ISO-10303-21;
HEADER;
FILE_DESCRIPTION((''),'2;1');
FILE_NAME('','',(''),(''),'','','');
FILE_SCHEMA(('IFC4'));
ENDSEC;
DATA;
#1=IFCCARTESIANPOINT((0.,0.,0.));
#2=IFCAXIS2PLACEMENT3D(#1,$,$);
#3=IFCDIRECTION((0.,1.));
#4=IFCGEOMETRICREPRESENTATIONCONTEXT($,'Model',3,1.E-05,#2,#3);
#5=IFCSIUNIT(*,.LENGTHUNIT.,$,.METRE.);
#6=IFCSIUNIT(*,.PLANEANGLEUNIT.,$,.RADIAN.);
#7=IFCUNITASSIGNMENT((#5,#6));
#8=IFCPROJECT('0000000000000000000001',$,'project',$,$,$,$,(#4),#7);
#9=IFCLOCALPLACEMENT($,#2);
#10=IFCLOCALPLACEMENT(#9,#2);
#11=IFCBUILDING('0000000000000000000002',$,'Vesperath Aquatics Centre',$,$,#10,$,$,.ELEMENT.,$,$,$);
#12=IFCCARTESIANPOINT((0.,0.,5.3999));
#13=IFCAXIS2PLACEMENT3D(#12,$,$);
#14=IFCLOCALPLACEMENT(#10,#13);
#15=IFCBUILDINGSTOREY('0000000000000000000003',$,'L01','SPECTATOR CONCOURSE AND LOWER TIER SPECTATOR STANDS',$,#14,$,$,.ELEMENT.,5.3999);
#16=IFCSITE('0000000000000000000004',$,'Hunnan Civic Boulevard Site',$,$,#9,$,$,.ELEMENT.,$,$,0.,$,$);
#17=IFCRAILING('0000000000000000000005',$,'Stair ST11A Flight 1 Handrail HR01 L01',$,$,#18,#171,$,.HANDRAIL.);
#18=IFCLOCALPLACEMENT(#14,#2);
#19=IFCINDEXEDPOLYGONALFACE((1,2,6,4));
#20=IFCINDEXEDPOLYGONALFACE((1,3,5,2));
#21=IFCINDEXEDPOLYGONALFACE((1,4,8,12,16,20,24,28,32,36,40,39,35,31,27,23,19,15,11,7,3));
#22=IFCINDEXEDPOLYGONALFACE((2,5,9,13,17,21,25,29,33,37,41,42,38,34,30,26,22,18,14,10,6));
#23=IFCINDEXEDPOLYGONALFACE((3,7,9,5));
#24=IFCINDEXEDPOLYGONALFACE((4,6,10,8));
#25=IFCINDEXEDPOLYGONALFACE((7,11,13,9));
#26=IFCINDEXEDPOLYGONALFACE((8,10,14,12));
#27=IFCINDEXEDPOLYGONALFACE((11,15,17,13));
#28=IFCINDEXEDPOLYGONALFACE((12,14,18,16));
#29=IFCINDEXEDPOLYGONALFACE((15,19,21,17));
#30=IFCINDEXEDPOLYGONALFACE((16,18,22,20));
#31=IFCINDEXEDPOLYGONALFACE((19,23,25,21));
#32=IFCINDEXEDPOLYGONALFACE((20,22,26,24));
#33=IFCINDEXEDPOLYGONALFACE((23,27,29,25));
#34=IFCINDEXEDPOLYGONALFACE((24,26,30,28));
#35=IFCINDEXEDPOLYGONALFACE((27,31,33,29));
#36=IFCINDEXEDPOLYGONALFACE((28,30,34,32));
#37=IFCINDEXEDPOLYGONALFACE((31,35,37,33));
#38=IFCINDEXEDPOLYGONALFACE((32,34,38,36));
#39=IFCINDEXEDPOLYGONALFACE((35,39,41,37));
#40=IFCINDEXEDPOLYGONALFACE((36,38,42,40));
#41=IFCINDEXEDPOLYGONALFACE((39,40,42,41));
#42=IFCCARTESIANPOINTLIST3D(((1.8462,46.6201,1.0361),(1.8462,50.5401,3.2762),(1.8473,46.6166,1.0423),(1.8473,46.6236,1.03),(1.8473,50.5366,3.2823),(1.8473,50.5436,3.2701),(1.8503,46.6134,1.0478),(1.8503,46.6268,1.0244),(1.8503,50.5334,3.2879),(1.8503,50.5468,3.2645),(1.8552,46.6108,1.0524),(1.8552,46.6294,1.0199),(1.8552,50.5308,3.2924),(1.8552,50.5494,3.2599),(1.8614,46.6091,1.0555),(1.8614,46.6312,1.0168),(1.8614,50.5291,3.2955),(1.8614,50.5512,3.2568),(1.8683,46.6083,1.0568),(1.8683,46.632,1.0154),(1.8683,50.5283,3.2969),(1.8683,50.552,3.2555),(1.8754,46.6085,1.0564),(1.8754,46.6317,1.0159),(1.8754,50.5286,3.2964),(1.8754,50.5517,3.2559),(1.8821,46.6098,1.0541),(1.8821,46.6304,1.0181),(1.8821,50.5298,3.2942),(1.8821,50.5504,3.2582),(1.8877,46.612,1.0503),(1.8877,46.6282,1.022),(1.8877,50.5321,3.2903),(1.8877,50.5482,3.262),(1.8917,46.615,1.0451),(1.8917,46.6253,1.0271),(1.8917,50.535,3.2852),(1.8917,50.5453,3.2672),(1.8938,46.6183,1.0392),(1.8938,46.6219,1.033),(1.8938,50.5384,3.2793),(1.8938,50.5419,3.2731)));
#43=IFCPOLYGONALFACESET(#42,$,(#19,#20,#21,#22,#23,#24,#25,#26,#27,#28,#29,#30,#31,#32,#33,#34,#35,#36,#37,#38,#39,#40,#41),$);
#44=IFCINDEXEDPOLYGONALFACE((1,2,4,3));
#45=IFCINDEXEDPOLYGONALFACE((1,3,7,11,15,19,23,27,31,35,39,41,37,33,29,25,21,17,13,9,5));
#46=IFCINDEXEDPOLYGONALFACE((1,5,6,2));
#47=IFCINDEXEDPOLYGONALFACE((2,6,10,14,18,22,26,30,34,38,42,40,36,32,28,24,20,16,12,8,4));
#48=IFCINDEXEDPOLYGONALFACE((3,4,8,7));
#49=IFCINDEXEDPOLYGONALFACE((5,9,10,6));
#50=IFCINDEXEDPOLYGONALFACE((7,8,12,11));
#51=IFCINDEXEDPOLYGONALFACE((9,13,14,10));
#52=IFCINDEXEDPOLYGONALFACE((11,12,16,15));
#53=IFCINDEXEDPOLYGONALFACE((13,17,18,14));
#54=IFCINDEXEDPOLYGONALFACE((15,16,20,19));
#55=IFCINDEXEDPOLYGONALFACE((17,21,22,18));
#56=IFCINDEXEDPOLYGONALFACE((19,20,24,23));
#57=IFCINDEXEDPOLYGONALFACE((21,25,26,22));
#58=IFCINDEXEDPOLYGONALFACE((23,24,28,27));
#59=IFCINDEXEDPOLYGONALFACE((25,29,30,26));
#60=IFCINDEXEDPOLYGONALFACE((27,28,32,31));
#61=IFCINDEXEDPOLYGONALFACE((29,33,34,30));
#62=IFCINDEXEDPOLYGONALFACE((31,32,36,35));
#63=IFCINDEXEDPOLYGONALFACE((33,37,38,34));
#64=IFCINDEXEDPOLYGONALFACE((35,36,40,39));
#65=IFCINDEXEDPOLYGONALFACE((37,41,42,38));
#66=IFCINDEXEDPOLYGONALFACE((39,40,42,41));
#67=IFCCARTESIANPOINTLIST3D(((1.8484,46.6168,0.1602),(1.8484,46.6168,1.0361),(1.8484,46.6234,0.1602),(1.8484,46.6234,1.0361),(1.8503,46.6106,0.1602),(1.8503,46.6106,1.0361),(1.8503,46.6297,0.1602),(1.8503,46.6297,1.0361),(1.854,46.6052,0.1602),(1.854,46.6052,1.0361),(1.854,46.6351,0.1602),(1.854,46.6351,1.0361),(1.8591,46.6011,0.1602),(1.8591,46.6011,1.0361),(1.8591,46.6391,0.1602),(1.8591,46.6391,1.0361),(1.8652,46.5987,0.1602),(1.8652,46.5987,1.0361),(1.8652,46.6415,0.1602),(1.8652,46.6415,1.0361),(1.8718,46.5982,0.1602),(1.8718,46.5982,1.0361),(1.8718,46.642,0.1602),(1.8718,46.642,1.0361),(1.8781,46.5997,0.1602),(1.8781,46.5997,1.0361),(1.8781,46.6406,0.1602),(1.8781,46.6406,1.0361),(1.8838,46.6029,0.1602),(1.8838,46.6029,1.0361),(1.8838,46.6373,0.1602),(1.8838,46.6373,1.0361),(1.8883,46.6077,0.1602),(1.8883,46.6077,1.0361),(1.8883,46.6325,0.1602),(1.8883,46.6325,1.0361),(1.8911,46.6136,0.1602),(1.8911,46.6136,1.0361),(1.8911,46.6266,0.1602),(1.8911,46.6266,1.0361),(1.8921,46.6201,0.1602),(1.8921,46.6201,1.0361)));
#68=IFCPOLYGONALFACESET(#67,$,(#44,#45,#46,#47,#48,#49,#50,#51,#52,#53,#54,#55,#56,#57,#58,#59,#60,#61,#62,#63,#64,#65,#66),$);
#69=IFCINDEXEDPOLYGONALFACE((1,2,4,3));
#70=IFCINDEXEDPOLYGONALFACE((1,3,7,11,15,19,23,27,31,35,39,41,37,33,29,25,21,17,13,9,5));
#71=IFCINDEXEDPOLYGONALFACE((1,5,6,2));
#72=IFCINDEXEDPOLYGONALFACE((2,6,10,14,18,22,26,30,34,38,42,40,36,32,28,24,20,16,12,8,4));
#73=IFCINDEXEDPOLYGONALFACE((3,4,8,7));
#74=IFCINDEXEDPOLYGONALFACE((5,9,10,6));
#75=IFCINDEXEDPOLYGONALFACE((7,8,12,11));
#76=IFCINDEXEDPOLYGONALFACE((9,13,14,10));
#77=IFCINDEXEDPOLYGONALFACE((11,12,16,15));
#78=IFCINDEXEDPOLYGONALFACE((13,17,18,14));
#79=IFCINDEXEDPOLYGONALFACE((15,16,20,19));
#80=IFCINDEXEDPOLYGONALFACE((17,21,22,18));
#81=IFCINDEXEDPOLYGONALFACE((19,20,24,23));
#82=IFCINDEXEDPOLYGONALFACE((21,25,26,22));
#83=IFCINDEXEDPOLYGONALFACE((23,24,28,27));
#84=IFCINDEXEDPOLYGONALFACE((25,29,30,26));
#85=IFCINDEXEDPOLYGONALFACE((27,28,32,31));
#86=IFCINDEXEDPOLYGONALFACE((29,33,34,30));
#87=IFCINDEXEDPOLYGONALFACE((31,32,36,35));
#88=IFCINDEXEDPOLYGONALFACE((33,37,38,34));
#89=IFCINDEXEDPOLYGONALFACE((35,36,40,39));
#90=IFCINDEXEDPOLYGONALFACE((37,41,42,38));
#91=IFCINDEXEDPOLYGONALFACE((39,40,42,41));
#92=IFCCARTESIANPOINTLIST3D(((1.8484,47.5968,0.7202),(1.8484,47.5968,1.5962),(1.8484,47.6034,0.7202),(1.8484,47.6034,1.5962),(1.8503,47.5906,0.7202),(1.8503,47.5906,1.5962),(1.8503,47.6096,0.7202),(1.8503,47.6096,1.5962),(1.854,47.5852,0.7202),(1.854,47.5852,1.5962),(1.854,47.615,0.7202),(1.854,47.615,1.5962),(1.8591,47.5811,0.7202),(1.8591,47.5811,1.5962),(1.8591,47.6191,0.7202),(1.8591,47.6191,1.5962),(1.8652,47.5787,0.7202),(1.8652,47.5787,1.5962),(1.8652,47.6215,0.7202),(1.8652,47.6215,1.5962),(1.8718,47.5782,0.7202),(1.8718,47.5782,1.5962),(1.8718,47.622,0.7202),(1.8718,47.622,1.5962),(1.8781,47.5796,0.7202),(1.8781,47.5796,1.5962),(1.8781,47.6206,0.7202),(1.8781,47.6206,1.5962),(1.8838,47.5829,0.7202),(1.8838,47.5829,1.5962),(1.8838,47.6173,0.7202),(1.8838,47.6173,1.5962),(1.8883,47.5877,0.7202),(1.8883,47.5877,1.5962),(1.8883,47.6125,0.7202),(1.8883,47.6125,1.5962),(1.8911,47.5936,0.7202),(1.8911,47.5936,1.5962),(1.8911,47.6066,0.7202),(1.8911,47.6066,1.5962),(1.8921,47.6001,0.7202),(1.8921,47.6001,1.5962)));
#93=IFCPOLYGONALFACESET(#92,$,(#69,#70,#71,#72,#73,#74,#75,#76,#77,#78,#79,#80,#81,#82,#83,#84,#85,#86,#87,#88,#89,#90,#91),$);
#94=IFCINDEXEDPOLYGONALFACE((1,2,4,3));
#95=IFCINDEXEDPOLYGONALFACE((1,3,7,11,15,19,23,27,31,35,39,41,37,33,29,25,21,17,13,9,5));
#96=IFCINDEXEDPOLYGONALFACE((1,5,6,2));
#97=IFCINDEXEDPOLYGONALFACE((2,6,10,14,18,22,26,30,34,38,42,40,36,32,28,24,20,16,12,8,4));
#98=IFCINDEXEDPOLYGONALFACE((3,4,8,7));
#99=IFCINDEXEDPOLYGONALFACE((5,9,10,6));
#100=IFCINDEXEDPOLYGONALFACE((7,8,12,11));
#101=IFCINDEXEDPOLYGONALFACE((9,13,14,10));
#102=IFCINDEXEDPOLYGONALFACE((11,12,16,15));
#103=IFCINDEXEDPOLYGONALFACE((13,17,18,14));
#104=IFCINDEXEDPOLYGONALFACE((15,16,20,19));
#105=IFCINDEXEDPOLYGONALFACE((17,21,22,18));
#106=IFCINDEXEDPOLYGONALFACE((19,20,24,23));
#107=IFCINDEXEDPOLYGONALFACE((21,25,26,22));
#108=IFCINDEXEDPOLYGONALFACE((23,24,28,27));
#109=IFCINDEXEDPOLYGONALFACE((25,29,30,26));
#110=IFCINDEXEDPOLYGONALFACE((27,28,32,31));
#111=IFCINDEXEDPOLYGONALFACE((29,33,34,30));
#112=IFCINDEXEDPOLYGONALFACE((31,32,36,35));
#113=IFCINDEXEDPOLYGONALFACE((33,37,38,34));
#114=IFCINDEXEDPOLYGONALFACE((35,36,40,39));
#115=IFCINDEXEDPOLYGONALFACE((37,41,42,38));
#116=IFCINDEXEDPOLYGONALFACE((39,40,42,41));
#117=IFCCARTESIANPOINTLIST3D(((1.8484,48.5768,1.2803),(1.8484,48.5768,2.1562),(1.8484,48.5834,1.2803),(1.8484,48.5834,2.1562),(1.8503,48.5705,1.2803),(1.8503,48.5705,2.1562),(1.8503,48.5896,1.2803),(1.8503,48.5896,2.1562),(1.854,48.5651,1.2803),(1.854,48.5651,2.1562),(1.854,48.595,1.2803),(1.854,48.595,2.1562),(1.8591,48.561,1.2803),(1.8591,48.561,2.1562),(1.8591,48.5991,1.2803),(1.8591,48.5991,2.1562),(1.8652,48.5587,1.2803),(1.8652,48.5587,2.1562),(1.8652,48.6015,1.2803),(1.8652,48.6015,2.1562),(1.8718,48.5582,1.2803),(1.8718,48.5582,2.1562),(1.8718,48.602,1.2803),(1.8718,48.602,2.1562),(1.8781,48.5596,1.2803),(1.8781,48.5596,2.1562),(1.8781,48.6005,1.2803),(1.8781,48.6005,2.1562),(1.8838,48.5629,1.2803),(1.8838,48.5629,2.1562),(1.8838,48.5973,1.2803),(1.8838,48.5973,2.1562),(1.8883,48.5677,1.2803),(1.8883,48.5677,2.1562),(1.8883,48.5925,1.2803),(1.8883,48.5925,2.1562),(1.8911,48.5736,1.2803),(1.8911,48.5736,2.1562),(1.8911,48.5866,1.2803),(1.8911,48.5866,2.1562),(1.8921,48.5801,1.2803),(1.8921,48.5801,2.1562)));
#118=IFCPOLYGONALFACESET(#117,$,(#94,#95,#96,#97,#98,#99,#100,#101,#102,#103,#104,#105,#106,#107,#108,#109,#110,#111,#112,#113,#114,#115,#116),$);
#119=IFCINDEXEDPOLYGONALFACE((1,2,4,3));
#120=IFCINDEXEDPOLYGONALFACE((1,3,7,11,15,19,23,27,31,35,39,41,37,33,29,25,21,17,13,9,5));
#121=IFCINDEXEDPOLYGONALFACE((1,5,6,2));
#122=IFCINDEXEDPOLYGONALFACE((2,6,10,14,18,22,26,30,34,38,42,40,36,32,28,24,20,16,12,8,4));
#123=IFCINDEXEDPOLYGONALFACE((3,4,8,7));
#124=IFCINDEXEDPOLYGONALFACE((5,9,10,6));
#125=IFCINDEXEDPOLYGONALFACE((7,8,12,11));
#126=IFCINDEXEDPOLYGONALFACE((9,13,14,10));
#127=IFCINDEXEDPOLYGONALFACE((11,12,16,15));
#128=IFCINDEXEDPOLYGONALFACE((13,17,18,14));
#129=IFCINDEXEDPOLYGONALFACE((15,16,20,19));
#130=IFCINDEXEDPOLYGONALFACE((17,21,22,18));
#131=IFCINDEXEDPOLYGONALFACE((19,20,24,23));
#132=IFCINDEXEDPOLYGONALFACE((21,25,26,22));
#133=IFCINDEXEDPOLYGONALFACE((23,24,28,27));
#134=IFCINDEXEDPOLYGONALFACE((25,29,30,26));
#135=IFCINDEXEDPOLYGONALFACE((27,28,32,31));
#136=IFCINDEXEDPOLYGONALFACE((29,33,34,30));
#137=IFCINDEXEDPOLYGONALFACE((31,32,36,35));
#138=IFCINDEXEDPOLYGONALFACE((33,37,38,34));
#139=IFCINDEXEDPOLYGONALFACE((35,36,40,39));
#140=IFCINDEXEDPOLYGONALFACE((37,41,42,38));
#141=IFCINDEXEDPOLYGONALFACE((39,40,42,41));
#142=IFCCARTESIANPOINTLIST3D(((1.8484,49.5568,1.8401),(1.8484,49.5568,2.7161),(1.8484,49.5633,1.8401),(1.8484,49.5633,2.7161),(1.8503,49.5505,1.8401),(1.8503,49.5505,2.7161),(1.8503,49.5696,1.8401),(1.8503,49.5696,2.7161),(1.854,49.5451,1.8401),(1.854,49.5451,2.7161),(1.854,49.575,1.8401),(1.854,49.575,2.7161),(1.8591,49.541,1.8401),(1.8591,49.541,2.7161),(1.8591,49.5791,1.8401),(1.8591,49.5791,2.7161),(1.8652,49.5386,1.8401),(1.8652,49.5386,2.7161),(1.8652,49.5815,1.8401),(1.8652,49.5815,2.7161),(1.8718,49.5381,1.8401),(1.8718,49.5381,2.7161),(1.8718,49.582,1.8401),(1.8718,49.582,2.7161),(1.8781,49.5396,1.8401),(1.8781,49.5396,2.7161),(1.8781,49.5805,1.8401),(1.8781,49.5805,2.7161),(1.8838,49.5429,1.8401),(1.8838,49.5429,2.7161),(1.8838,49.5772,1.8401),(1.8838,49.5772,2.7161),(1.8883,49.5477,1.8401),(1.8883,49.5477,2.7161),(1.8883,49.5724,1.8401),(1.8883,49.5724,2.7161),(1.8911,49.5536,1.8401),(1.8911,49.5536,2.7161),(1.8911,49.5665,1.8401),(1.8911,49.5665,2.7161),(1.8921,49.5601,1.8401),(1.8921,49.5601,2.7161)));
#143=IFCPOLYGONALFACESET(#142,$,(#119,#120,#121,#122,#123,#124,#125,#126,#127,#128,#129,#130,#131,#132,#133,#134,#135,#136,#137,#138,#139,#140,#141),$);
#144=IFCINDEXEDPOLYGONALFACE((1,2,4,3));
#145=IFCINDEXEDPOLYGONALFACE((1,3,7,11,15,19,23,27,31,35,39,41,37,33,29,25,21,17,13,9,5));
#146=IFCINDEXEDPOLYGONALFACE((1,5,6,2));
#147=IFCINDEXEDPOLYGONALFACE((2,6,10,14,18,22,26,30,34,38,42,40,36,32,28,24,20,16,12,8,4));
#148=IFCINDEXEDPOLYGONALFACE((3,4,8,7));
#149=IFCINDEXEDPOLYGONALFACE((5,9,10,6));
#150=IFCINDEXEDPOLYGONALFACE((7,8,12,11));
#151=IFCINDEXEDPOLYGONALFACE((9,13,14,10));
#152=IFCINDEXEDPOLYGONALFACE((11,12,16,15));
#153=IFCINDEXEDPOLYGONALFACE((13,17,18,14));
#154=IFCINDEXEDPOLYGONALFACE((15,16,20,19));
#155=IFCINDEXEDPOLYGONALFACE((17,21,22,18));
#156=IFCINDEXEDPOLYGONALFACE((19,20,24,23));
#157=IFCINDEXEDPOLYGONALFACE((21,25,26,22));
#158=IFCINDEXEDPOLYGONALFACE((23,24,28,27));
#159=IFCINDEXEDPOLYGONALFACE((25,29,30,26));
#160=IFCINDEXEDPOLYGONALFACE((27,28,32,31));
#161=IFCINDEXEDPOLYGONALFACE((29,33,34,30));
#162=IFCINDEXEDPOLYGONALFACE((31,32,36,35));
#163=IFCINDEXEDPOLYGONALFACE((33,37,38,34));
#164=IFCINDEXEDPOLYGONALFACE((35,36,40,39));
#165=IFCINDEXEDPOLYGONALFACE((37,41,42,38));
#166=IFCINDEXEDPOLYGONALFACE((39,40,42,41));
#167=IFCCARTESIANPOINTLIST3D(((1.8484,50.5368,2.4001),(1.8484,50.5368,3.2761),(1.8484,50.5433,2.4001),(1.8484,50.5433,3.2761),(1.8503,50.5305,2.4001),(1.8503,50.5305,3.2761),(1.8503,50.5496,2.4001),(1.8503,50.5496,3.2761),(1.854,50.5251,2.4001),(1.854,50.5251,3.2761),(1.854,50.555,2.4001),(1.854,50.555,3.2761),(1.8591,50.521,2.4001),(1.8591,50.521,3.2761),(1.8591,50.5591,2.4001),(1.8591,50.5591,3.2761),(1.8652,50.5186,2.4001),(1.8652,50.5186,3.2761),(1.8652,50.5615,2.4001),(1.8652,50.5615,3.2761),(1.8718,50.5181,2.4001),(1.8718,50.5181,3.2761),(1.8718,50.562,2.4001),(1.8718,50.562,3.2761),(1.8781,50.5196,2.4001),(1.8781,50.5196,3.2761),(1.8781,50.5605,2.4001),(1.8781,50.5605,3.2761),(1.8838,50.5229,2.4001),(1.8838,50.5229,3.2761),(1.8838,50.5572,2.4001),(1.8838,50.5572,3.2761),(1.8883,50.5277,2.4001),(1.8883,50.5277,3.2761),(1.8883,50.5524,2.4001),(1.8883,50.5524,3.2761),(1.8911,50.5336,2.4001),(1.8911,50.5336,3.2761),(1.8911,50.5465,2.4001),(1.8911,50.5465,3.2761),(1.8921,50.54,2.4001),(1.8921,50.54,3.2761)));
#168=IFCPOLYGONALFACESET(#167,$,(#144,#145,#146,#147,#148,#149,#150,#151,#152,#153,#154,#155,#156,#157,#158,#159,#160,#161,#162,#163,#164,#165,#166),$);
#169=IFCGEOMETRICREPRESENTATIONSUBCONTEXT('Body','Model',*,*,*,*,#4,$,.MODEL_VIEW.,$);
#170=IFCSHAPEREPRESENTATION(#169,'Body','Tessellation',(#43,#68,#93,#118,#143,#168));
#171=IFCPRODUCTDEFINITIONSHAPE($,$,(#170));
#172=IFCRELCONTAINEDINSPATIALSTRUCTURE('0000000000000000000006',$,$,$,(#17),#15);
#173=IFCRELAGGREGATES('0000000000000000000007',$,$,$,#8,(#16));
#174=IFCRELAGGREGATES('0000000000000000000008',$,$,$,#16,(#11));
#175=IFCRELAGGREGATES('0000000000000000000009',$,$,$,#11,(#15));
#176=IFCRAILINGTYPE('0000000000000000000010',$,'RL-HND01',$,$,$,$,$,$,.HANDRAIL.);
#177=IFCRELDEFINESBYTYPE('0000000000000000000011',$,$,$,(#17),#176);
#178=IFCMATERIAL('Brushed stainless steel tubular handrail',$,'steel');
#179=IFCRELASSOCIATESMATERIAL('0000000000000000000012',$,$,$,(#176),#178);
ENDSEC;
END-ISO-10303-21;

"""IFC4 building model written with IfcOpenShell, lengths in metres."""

from ifc_helpers import new_model, si_unit, direction, frame, origin, origin_2d, place, context, subcontext, project, spatial, circle, extrude, material, type_object, element, save


model = new_model("IFC4")

# Units and contexts
model_context = context("Model", 3, precision=1e-05, world=origin(), true_north=direction((0.0, 1.0)))
body_context = subcontext(model_context, "Body", "Model", "MODEL_VIEW")
ifc_project = project(units=[si_unit("LENGTHUNIT", "METRE"), si_unit("PLANEANGLEUNIT", "RADIAN")], contexts=[model_context])

# Site, building, storey
site_placement = place(None, origin())
site = spatial("IfcSite", under=ifc_project, at=site_placement, Name="Hunnan Civic Boulevard Site", CompositionType="ELEMENT", RefElevation=0.0)
building_placement = place(site_placement, origin())
building = spatial("IfcBuilding", under=site, at=building_placement, Name="Vesperath Aquatics Centre", CompositionType="ELEMENT")
storey_placement = place(building_placement, frame((0.0, 0.0, 5.3999)))
storey = spatial("IfcBuildingStorey", under=building, at=storey_placement, Name="L01", Description="SPECTATOR CONCOURSE AND LOWER TIER SPECTATOR STANDS", CompositionType="ELEMENT", Elevation=5.3999)

# Railing
ifc_material_1 = material(Name="Brushed stainless steel tubular handrail", Category="steel")
railing_type_1 = type_object("IfcRailingType", Name="RL-HND01", PredefinedType="HANDRAIL", material=ifc_material_1)
railing_1_placement = place(storey_placement, frame((1.8701, 46.6201, 0.1602)))
element("IfcRailing", 1, at=railing_1_placement, inside=storey, type_object=railing_type_1, Name="Stair ST11A Flight 1 Handrail HR01 L01", PredefinedType="HANDRAIL", context=body_context, shape_type="SweptSolid", body=[
    extrude(circle(Radius=0.0239, at=origin_2d()), frame((0.0, 0.0, 0.876), z_axis=(0.0, 0.86824, 0.496145), x_axis=(-1.0, 0.0, 0.0)), (0.0, 0.0, 1.0), 4.5149),
    extrude(circle(Radius=0.022, at=origin_2d()), origin(), (0.0, 0.0, 1.0), 0.876),
    extrude(circle(Radius=0.022, at=origin_2d()), frame((0.0, 0.98, 0.5601)), (0.0, 0.0, 1.0), 0.876),
    extrude(circle(Radius=0.022, at=origin_2d()), frame((0.0, 1.96, 1.1201)), (0.0, 0.0, 1.0), 0.876),
    extrude(circle(Radius=0.022, at=origin_2d()), frame((0.0, 2.9399, 1.6799)), (0.0, 0.0, 1.0), 0.876),
    extrude(circle(Radius=0.022, at=origin_2d()), frame((0.0, 3.9199, 2.24)), (0.0, 0.0, 1.0), 0.876),
])

save(model, "model.ifc")
